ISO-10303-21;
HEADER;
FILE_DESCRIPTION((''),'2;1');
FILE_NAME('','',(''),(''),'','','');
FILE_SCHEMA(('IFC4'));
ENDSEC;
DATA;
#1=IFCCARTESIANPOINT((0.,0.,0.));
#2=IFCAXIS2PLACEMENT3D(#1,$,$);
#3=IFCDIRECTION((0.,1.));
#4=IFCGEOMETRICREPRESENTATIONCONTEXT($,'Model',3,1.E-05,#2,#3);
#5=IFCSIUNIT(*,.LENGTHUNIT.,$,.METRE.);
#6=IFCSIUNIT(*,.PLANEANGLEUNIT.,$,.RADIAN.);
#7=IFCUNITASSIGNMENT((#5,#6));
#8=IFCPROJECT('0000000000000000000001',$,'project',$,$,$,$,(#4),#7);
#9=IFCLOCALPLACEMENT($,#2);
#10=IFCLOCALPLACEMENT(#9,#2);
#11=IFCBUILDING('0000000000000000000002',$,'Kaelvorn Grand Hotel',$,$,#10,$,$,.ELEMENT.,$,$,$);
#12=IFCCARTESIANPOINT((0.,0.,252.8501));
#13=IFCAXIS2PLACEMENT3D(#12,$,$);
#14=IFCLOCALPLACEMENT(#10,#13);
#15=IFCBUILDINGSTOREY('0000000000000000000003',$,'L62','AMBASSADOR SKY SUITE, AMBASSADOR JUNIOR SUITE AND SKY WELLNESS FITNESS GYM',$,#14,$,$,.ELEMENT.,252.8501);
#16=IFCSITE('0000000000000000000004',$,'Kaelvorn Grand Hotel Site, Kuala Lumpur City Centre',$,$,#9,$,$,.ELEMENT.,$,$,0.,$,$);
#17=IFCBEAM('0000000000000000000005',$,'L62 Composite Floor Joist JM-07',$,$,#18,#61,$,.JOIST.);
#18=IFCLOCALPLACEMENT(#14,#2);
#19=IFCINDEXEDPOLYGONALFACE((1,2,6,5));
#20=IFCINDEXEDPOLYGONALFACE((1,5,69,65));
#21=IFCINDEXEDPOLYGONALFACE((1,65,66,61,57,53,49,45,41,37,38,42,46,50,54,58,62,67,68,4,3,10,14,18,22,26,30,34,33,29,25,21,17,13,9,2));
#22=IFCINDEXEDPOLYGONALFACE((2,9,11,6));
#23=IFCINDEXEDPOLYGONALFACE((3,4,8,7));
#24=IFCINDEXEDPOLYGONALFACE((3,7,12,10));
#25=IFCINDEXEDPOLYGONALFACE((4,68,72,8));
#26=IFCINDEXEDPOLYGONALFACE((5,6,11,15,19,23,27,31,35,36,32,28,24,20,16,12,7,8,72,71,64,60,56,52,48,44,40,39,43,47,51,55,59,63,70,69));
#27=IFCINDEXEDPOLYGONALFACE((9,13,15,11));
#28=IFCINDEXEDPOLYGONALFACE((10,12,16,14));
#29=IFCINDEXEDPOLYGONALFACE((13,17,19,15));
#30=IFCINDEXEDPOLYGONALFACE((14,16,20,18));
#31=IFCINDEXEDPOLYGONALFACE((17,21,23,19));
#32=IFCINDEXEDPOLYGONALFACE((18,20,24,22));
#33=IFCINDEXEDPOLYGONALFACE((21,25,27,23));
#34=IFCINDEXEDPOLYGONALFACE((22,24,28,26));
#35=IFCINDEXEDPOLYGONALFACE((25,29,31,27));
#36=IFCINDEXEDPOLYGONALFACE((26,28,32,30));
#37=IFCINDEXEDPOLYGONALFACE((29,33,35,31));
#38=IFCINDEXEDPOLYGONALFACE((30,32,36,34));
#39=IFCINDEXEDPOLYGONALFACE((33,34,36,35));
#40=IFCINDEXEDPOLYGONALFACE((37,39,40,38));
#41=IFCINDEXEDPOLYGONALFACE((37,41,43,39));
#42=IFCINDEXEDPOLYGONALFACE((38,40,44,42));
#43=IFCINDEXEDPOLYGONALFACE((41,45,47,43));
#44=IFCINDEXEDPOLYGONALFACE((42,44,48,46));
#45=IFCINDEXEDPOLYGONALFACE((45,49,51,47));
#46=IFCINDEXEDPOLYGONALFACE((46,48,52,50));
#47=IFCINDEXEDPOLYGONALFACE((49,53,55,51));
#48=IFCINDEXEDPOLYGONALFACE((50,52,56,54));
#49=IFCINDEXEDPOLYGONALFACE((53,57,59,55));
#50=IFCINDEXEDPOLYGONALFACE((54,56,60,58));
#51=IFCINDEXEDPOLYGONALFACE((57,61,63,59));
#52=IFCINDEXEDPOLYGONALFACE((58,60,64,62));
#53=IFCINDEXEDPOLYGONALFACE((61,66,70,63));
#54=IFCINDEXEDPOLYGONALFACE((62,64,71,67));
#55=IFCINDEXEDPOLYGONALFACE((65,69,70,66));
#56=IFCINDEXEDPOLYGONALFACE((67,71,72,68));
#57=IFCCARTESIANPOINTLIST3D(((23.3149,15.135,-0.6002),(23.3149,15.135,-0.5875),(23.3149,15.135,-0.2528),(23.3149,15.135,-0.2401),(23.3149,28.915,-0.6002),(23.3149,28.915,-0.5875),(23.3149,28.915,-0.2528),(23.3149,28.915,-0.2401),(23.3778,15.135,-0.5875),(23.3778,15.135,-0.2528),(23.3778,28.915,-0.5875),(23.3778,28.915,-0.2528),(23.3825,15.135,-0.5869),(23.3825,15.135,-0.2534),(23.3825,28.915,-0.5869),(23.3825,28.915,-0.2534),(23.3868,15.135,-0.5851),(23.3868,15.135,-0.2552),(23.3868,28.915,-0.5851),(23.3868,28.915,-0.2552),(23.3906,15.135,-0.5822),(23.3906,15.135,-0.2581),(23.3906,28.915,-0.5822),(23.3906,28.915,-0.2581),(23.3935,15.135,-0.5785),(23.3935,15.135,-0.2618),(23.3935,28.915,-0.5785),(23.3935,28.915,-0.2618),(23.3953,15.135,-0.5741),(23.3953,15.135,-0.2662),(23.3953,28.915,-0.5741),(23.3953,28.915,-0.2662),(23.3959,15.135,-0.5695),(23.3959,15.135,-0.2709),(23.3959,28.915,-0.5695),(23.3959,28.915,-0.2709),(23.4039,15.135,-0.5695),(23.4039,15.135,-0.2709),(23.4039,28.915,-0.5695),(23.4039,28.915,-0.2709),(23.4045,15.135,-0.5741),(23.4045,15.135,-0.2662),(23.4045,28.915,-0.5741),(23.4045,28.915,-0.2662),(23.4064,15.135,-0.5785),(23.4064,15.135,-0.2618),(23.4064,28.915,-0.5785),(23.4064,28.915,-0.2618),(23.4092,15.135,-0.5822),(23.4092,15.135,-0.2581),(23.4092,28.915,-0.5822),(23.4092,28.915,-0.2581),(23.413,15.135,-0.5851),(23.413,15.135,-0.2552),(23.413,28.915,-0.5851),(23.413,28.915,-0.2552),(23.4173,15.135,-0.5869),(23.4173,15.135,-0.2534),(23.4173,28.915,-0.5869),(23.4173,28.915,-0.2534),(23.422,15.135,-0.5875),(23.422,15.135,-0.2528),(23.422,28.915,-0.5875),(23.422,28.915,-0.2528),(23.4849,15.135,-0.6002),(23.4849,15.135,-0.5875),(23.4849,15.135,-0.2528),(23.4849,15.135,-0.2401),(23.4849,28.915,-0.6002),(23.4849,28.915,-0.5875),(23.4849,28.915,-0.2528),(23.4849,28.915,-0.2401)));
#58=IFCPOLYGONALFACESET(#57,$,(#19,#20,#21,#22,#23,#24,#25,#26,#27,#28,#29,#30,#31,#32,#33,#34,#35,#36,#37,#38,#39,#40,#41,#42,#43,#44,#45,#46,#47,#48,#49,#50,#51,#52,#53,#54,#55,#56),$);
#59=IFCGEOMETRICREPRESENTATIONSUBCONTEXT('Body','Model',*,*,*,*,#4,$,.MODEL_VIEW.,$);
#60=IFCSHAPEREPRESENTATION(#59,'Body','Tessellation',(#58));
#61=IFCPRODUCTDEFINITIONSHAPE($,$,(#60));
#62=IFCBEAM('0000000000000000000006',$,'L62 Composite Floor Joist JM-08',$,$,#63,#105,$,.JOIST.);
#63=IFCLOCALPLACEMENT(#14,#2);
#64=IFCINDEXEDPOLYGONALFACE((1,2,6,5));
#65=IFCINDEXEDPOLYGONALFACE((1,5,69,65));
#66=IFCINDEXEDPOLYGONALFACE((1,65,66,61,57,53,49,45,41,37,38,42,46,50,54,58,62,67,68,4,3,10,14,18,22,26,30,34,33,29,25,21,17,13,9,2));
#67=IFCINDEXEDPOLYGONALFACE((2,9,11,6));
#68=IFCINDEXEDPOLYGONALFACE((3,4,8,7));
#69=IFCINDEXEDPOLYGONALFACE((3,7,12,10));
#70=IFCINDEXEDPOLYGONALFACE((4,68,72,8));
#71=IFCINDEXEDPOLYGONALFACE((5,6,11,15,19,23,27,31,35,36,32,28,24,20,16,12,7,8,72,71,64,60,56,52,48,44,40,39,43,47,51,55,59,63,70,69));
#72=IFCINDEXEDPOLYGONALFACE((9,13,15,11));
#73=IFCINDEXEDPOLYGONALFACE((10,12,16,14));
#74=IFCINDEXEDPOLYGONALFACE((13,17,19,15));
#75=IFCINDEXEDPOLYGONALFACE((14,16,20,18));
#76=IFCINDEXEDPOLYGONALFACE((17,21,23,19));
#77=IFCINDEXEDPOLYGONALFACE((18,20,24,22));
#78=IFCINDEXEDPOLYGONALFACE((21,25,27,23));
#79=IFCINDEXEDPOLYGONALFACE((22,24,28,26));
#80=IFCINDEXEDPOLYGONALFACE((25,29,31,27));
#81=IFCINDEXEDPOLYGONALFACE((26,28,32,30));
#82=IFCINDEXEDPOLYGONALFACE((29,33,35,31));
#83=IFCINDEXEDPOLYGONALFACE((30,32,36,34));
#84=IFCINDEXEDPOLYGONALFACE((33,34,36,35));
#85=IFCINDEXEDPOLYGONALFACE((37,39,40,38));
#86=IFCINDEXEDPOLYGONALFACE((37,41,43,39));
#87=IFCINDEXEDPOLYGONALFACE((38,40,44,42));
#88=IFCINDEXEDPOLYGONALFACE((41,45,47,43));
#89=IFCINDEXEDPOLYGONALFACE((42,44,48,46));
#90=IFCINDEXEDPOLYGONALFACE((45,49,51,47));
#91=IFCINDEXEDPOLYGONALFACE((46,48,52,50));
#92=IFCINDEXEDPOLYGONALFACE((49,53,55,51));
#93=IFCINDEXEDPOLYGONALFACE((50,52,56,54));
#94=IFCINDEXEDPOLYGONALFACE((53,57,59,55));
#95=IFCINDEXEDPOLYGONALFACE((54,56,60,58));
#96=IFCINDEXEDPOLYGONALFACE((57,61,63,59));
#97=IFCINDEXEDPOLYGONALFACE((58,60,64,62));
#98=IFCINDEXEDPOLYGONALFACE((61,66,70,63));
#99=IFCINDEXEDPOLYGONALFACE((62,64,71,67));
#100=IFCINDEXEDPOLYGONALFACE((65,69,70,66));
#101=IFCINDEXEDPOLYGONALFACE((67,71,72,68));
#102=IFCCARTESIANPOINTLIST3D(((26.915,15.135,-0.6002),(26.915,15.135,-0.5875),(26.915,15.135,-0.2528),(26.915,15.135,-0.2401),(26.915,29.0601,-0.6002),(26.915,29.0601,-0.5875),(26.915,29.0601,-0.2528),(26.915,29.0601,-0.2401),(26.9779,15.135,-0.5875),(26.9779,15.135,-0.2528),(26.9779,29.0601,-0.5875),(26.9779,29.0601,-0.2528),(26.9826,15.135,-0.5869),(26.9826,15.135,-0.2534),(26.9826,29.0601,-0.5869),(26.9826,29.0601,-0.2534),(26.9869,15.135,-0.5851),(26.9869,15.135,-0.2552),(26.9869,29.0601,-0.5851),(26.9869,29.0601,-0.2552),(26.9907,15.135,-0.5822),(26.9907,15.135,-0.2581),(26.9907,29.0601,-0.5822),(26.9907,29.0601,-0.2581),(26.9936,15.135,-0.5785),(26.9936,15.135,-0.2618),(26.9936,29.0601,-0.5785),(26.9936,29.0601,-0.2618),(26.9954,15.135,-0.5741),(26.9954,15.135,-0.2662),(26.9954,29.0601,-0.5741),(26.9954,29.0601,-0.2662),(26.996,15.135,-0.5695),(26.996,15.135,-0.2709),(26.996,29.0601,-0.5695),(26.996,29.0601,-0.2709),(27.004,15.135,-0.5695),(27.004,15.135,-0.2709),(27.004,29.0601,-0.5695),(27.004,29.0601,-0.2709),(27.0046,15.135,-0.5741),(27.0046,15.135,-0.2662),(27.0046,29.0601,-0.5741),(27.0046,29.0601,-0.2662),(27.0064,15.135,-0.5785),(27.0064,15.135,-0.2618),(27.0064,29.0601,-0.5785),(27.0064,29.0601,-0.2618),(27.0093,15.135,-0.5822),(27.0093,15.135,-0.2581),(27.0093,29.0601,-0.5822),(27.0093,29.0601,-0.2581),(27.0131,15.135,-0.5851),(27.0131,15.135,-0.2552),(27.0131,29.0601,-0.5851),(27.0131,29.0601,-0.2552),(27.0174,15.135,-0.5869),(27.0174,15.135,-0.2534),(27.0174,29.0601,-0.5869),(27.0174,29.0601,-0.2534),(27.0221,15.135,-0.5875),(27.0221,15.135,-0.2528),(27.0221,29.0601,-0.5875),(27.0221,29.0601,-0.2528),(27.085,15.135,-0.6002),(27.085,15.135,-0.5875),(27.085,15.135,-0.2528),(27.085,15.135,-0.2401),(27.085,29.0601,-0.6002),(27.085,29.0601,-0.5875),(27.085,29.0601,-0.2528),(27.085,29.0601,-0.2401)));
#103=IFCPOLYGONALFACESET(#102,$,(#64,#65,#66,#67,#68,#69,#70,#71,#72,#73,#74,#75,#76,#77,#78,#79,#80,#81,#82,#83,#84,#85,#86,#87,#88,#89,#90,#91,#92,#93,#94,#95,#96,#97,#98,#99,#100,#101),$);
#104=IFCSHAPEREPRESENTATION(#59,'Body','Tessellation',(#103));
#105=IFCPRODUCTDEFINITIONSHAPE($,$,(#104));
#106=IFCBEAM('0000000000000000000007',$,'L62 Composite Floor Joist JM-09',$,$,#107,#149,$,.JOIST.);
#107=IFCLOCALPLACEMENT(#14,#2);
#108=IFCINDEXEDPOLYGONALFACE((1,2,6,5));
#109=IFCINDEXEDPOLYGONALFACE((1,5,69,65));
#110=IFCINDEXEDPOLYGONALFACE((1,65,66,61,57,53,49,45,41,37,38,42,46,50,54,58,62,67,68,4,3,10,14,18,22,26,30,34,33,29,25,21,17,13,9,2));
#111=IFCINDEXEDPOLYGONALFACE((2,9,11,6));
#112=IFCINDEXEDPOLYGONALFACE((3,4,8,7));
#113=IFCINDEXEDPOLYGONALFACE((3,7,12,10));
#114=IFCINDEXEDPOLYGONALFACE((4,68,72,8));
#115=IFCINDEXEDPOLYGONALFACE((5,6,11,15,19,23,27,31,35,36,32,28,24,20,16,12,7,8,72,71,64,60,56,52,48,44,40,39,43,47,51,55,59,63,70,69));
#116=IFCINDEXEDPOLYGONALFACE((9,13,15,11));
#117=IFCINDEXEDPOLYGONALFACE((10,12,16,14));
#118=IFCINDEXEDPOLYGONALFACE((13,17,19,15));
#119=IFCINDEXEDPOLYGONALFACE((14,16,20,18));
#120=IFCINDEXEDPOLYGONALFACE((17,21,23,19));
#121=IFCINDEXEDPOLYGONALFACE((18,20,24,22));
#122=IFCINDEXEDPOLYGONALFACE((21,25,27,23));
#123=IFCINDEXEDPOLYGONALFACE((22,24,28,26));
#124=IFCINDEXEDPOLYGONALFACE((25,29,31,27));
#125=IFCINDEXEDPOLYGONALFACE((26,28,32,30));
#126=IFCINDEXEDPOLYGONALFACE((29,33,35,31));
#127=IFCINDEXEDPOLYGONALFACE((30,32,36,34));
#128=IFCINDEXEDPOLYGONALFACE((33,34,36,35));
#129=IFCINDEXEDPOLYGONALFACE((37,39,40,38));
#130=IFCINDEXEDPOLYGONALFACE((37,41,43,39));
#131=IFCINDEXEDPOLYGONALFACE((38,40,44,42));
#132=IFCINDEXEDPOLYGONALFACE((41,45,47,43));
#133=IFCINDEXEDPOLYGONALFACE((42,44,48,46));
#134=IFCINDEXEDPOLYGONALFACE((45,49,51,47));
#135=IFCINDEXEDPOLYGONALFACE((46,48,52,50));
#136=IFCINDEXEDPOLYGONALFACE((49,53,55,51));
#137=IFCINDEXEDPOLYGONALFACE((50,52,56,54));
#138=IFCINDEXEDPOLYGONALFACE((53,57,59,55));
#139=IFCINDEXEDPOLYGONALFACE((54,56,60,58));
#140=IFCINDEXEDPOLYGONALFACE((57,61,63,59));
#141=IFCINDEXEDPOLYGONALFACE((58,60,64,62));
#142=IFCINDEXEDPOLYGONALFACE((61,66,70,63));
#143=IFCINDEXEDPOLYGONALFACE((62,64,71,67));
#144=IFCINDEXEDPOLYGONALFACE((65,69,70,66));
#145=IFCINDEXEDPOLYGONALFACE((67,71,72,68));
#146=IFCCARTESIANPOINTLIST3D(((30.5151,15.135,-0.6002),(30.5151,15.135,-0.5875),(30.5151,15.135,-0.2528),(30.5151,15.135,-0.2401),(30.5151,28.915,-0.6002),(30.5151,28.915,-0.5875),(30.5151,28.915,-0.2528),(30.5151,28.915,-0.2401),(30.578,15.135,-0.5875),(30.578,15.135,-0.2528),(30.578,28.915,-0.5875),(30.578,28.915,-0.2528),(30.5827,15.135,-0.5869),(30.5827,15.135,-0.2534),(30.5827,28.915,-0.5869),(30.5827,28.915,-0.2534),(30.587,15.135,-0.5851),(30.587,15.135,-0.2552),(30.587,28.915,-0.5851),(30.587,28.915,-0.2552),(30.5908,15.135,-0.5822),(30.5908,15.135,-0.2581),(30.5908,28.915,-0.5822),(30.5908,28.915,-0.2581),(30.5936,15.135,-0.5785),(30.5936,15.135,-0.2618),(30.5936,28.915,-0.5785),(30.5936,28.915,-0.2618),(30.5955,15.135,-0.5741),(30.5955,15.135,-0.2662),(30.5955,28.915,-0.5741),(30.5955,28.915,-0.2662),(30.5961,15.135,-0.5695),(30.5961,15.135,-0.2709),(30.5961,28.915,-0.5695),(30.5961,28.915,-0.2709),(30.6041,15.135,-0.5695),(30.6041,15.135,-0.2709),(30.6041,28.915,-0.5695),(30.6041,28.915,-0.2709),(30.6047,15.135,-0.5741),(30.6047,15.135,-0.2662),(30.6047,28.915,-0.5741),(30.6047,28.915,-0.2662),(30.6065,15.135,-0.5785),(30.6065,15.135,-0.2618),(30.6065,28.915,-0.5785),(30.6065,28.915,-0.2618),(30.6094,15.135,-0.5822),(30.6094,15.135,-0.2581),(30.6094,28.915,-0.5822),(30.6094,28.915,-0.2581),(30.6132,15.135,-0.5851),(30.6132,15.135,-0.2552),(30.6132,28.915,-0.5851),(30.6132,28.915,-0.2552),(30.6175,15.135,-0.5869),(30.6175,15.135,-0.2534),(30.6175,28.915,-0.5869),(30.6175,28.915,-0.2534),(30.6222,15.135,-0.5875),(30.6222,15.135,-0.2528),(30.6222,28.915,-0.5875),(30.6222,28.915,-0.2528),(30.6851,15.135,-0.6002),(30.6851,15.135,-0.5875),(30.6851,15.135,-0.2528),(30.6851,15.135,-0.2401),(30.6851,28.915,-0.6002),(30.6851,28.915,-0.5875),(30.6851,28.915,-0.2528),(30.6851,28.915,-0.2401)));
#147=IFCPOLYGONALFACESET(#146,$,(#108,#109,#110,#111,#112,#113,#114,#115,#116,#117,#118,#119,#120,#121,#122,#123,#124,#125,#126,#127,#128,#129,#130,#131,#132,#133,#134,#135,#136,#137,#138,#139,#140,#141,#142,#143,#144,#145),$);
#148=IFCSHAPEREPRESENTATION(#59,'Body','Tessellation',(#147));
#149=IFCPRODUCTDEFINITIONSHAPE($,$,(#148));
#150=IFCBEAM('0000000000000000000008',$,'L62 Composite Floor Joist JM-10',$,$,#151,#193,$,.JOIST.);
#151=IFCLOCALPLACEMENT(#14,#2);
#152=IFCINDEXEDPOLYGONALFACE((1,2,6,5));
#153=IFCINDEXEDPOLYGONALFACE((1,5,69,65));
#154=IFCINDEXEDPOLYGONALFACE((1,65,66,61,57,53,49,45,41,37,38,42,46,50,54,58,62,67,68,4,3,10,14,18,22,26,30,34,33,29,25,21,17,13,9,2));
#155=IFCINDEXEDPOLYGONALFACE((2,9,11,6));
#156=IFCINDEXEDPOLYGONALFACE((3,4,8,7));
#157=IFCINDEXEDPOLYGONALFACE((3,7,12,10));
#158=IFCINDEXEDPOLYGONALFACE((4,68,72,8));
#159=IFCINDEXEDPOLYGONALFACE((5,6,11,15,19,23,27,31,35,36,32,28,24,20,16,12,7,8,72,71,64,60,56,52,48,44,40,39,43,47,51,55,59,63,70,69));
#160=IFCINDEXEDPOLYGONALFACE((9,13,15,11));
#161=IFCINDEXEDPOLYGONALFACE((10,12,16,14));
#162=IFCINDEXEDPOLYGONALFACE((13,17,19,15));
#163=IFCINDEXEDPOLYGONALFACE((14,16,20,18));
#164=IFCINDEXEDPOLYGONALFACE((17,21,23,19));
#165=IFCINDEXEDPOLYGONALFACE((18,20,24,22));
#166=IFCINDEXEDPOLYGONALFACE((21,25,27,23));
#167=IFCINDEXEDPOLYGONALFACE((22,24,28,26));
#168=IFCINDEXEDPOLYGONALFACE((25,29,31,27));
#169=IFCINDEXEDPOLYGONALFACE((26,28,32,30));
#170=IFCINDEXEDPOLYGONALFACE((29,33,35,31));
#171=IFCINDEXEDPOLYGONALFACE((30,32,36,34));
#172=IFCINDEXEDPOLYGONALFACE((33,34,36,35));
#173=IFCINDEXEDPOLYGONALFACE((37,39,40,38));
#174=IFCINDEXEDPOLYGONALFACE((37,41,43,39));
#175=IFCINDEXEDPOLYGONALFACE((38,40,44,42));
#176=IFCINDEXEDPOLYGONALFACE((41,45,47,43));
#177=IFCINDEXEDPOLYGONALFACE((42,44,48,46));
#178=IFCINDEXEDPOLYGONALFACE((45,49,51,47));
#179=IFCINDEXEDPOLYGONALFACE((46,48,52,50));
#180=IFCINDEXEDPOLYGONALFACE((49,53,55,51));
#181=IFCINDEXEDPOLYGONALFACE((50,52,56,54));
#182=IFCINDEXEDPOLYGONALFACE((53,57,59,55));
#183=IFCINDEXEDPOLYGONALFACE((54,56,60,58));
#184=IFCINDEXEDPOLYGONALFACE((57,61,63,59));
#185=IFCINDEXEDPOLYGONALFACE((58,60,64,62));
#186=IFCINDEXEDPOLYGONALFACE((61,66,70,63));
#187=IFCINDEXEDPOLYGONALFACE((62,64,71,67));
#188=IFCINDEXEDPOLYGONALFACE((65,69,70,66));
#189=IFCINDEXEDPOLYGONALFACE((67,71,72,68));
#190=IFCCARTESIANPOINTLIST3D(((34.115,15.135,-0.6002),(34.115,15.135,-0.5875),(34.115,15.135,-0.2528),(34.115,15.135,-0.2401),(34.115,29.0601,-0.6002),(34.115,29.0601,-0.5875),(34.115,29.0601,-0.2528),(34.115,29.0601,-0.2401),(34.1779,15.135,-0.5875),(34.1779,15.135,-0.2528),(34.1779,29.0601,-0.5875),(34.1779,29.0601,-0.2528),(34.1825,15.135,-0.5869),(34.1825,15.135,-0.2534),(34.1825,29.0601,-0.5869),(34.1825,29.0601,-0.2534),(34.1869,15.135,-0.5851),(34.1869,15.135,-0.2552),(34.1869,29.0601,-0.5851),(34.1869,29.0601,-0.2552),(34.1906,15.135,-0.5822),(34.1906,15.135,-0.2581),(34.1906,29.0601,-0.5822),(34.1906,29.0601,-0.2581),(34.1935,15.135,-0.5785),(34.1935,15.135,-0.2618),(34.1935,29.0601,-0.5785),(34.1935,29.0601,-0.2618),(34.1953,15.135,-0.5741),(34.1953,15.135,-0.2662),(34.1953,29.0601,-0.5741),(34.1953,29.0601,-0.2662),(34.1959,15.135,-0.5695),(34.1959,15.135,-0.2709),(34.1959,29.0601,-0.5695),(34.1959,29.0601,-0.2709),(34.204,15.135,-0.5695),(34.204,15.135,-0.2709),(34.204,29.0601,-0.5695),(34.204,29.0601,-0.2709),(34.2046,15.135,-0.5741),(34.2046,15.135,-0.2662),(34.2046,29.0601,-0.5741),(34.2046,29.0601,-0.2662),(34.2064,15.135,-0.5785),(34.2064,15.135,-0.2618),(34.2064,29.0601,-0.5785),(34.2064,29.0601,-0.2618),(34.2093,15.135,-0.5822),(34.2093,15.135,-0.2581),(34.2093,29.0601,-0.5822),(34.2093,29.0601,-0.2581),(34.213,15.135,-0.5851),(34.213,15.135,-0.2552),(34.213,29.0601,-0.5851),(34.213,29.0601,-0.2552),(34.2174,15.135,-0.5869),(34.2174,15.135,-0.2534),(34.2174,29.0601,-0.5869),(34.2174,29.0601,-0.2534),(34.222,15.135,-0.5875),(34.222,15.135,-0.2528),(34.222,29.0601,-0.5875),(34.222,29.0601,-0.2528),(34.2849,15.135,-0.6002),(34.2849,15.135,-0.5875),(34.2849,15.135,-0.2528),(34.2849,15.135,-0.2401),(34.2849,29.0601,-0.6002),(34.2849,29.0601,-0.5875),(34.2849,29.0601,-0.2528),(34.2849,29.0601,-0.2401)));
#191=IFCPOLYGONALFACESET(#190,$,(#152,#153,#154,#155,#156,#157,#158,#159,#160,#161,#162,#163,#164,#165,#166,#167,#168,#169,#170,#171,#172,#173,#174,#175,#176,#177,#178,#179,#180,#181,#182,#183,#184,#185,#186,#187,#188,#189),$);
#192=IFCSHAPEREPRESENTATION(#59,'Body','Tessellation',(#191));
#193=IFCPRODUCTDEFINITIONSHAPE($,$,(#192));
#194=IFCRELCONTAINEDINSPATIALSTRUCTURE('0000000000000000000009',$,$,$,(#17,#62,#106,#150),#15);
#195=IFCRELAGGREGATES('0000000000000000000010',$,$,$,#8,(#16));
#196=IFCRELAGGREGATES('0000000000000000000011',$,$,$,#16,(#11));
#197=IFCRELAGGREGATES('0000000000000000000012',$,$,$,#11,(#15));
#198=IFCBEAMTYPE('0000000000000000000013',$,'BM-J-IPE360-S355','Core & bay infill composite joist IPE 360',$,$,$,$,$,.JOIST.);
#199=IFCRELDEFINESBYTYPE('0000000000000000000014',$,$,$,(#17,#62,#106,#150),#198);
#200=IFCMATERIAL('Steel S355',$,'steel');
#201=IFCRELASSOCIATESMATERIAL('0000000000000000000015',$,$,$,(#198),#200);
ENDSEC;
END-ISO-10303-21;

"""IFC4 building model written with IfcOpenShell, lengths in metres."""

from ifc_helpers import new_model, si_unit, direction, frame, origin, origin_2d, place, context, subcontext, project, spatial, i_section, extrude, material, material_profile, profile_set, type_object, element, save


model = new_model("IFC4")

# Units and contexts
model_context = context("Model", 3, precision=1e-05, world=origin(), true_north=direction((0.0, 1.0)))
body_context = subcontext(model_context, "Body", "Model", "MODEL_VIEW")
ifc_project = project(units=[si_unit("LENGTHUNIT", "METRE"), si_unit("PLANEANGLEUNIT", "RADIAN")], contexts=[model_context])

# Site, building, storey
site_placement = place(None, origin())
site = spatial("IfcSite", under=ifc_project, at=site_placement, Name="Kaelvorn Grand Hotel Site, Kuala Lumpur City Centre", CompositionType="ELEMENT", RefElevation=0.0)
building_placement = place(site_placement, origin())
building = spatial("IfcBuilding", under=site, at=building_placement, Name="Kaelvorn Grand Hotel", CompositionType="ELEMENT")
storey_placement = place(building_placement, frame((0.0, 0.0, 252.8501)))
storey = spatial("IfcBuildingStorey", under=building, at=storey_placement, Name="L62", Description="AMBASSADOR SKY SUITE, AMBASSADOR JUNIOR SUITE AND SKY WELLNESS FITNESS GYM", CompositionType="ELEMENT", Elevation=252.8501)

# Beams
ifc_material_1 = material(Name="Steel S355", Category="steel")
ifc_material_profile_1 = material_profile(ifc_material_1, i_section(OverallWidth=0.1699, OverallDepth=0.3601, WebThickness=0.0081, FlangeThickness=0.0127, FilletRadius=0.0181, at=origin_2d()), Name="IPE 360")
ifc_profile_set_1 = profile_set([ifc_material_profile_1], Name="Steel S355")
beam_type_1 = type_object("IfcBeamType", Name="BM-J-IPE360-S355", Description="Core & bay infill composite joist IPE 360", PredefinedType="JOIST", material=ifc_profile_set_1)
beam_1_placement = place(storey_placement, frame((23.3999, 15.135, -0.4202), z_axis=(0.0, 1.0, 0.0), x_axis=(-1.0, 0.0, 0.0)))
element("IfcBeam", 1, at=beam_1_placement, inside=storey, type_object=beam_type_1, Name="L62 Composite Floor Joist JM-07", PredefinedType="JOIST", context=body_context, shape_type="SweptSolid", body=[
    extrude(i_section(OverallWidth=0.1699, OverallDepth=0.3601, WebThickness=0.0081, FlangeThickness=0.0127, FilletRadius=0.0181, at=origin_2d()), origin(), (0.0, 0.0, 1.0), 13.78),
])
beam_2_placement = place(storey_placement, frame((27.0, 15.135, -0.4202), z_axis=(0.0, 1.0, 0.0), x_axis=(-1.0, 0.0, 0.0)))
element("IfcBeam", 2, at=beam_2_placement, inside=storey, type_object=beam_type_1, Name="L62 Composite Floor Joist JM-08", PredefinedType="JOIST", context=body_context, shape_type="SweptSolid", body=[
    extrude(i_section(OverallWidth=0.1699, OverallDepth=0.3601, WebThickness=0.0081, FlangeThickness=0.0127, FilletRadius=0.0181, at=origin_2d()), origin(), (0.0, 0.0, 1.0), 13.925),
])
beam_3_placement = place(storey_placement, frame((30.6001, 15.135, -0.4202), z_axis=(0.0, 1.0, 0.0), x_axis=(-1.0, 0.0, 0.0)))
element("IfcBeam", 3, at=beam_3_placement, inside=storey, type_object=beam_type_1, Name="L62 Composite Floor Joist JM-09", PredefinedType="JOIST", context=body_context, shape_type="SweptSolid", body=[
    extrude(i_section(OverallWidth=0.1699, OverallDepth=0.3601, WebThickness=0.0081, FlangeThickness=0.0127, FilletRadius=0.0181, at=origin_2d()), origin(), (0.0, 0.0, 1.0), 13.78),
])
beam_4_placement = place(storey_placement, frame((34.2, 15.135, -0.4202), z_axis=(0.0, 1.0, 0.0), x_axis=(-1.0, 0.0, 0.0)))
element("IfcBeam", 4, at=beam_4_placement, inside=storey, type_object=beam_type_1, Name="L62 Composite Floor Joist JM-10", PredefinedType="JOIST", context=body_context, shape_type="SweptSolid", body=[
    extrude(i_section(OverallWidth=0.1699, OverallDepth=0.3601, WebThickness=0.0081, FlangeThickness=0.0127, FilletRadius=0.0181, at=origin_2d()), origin(), (0.0, 0.0, 1.0), 13.925),
])

save(model, "model.ifc")
